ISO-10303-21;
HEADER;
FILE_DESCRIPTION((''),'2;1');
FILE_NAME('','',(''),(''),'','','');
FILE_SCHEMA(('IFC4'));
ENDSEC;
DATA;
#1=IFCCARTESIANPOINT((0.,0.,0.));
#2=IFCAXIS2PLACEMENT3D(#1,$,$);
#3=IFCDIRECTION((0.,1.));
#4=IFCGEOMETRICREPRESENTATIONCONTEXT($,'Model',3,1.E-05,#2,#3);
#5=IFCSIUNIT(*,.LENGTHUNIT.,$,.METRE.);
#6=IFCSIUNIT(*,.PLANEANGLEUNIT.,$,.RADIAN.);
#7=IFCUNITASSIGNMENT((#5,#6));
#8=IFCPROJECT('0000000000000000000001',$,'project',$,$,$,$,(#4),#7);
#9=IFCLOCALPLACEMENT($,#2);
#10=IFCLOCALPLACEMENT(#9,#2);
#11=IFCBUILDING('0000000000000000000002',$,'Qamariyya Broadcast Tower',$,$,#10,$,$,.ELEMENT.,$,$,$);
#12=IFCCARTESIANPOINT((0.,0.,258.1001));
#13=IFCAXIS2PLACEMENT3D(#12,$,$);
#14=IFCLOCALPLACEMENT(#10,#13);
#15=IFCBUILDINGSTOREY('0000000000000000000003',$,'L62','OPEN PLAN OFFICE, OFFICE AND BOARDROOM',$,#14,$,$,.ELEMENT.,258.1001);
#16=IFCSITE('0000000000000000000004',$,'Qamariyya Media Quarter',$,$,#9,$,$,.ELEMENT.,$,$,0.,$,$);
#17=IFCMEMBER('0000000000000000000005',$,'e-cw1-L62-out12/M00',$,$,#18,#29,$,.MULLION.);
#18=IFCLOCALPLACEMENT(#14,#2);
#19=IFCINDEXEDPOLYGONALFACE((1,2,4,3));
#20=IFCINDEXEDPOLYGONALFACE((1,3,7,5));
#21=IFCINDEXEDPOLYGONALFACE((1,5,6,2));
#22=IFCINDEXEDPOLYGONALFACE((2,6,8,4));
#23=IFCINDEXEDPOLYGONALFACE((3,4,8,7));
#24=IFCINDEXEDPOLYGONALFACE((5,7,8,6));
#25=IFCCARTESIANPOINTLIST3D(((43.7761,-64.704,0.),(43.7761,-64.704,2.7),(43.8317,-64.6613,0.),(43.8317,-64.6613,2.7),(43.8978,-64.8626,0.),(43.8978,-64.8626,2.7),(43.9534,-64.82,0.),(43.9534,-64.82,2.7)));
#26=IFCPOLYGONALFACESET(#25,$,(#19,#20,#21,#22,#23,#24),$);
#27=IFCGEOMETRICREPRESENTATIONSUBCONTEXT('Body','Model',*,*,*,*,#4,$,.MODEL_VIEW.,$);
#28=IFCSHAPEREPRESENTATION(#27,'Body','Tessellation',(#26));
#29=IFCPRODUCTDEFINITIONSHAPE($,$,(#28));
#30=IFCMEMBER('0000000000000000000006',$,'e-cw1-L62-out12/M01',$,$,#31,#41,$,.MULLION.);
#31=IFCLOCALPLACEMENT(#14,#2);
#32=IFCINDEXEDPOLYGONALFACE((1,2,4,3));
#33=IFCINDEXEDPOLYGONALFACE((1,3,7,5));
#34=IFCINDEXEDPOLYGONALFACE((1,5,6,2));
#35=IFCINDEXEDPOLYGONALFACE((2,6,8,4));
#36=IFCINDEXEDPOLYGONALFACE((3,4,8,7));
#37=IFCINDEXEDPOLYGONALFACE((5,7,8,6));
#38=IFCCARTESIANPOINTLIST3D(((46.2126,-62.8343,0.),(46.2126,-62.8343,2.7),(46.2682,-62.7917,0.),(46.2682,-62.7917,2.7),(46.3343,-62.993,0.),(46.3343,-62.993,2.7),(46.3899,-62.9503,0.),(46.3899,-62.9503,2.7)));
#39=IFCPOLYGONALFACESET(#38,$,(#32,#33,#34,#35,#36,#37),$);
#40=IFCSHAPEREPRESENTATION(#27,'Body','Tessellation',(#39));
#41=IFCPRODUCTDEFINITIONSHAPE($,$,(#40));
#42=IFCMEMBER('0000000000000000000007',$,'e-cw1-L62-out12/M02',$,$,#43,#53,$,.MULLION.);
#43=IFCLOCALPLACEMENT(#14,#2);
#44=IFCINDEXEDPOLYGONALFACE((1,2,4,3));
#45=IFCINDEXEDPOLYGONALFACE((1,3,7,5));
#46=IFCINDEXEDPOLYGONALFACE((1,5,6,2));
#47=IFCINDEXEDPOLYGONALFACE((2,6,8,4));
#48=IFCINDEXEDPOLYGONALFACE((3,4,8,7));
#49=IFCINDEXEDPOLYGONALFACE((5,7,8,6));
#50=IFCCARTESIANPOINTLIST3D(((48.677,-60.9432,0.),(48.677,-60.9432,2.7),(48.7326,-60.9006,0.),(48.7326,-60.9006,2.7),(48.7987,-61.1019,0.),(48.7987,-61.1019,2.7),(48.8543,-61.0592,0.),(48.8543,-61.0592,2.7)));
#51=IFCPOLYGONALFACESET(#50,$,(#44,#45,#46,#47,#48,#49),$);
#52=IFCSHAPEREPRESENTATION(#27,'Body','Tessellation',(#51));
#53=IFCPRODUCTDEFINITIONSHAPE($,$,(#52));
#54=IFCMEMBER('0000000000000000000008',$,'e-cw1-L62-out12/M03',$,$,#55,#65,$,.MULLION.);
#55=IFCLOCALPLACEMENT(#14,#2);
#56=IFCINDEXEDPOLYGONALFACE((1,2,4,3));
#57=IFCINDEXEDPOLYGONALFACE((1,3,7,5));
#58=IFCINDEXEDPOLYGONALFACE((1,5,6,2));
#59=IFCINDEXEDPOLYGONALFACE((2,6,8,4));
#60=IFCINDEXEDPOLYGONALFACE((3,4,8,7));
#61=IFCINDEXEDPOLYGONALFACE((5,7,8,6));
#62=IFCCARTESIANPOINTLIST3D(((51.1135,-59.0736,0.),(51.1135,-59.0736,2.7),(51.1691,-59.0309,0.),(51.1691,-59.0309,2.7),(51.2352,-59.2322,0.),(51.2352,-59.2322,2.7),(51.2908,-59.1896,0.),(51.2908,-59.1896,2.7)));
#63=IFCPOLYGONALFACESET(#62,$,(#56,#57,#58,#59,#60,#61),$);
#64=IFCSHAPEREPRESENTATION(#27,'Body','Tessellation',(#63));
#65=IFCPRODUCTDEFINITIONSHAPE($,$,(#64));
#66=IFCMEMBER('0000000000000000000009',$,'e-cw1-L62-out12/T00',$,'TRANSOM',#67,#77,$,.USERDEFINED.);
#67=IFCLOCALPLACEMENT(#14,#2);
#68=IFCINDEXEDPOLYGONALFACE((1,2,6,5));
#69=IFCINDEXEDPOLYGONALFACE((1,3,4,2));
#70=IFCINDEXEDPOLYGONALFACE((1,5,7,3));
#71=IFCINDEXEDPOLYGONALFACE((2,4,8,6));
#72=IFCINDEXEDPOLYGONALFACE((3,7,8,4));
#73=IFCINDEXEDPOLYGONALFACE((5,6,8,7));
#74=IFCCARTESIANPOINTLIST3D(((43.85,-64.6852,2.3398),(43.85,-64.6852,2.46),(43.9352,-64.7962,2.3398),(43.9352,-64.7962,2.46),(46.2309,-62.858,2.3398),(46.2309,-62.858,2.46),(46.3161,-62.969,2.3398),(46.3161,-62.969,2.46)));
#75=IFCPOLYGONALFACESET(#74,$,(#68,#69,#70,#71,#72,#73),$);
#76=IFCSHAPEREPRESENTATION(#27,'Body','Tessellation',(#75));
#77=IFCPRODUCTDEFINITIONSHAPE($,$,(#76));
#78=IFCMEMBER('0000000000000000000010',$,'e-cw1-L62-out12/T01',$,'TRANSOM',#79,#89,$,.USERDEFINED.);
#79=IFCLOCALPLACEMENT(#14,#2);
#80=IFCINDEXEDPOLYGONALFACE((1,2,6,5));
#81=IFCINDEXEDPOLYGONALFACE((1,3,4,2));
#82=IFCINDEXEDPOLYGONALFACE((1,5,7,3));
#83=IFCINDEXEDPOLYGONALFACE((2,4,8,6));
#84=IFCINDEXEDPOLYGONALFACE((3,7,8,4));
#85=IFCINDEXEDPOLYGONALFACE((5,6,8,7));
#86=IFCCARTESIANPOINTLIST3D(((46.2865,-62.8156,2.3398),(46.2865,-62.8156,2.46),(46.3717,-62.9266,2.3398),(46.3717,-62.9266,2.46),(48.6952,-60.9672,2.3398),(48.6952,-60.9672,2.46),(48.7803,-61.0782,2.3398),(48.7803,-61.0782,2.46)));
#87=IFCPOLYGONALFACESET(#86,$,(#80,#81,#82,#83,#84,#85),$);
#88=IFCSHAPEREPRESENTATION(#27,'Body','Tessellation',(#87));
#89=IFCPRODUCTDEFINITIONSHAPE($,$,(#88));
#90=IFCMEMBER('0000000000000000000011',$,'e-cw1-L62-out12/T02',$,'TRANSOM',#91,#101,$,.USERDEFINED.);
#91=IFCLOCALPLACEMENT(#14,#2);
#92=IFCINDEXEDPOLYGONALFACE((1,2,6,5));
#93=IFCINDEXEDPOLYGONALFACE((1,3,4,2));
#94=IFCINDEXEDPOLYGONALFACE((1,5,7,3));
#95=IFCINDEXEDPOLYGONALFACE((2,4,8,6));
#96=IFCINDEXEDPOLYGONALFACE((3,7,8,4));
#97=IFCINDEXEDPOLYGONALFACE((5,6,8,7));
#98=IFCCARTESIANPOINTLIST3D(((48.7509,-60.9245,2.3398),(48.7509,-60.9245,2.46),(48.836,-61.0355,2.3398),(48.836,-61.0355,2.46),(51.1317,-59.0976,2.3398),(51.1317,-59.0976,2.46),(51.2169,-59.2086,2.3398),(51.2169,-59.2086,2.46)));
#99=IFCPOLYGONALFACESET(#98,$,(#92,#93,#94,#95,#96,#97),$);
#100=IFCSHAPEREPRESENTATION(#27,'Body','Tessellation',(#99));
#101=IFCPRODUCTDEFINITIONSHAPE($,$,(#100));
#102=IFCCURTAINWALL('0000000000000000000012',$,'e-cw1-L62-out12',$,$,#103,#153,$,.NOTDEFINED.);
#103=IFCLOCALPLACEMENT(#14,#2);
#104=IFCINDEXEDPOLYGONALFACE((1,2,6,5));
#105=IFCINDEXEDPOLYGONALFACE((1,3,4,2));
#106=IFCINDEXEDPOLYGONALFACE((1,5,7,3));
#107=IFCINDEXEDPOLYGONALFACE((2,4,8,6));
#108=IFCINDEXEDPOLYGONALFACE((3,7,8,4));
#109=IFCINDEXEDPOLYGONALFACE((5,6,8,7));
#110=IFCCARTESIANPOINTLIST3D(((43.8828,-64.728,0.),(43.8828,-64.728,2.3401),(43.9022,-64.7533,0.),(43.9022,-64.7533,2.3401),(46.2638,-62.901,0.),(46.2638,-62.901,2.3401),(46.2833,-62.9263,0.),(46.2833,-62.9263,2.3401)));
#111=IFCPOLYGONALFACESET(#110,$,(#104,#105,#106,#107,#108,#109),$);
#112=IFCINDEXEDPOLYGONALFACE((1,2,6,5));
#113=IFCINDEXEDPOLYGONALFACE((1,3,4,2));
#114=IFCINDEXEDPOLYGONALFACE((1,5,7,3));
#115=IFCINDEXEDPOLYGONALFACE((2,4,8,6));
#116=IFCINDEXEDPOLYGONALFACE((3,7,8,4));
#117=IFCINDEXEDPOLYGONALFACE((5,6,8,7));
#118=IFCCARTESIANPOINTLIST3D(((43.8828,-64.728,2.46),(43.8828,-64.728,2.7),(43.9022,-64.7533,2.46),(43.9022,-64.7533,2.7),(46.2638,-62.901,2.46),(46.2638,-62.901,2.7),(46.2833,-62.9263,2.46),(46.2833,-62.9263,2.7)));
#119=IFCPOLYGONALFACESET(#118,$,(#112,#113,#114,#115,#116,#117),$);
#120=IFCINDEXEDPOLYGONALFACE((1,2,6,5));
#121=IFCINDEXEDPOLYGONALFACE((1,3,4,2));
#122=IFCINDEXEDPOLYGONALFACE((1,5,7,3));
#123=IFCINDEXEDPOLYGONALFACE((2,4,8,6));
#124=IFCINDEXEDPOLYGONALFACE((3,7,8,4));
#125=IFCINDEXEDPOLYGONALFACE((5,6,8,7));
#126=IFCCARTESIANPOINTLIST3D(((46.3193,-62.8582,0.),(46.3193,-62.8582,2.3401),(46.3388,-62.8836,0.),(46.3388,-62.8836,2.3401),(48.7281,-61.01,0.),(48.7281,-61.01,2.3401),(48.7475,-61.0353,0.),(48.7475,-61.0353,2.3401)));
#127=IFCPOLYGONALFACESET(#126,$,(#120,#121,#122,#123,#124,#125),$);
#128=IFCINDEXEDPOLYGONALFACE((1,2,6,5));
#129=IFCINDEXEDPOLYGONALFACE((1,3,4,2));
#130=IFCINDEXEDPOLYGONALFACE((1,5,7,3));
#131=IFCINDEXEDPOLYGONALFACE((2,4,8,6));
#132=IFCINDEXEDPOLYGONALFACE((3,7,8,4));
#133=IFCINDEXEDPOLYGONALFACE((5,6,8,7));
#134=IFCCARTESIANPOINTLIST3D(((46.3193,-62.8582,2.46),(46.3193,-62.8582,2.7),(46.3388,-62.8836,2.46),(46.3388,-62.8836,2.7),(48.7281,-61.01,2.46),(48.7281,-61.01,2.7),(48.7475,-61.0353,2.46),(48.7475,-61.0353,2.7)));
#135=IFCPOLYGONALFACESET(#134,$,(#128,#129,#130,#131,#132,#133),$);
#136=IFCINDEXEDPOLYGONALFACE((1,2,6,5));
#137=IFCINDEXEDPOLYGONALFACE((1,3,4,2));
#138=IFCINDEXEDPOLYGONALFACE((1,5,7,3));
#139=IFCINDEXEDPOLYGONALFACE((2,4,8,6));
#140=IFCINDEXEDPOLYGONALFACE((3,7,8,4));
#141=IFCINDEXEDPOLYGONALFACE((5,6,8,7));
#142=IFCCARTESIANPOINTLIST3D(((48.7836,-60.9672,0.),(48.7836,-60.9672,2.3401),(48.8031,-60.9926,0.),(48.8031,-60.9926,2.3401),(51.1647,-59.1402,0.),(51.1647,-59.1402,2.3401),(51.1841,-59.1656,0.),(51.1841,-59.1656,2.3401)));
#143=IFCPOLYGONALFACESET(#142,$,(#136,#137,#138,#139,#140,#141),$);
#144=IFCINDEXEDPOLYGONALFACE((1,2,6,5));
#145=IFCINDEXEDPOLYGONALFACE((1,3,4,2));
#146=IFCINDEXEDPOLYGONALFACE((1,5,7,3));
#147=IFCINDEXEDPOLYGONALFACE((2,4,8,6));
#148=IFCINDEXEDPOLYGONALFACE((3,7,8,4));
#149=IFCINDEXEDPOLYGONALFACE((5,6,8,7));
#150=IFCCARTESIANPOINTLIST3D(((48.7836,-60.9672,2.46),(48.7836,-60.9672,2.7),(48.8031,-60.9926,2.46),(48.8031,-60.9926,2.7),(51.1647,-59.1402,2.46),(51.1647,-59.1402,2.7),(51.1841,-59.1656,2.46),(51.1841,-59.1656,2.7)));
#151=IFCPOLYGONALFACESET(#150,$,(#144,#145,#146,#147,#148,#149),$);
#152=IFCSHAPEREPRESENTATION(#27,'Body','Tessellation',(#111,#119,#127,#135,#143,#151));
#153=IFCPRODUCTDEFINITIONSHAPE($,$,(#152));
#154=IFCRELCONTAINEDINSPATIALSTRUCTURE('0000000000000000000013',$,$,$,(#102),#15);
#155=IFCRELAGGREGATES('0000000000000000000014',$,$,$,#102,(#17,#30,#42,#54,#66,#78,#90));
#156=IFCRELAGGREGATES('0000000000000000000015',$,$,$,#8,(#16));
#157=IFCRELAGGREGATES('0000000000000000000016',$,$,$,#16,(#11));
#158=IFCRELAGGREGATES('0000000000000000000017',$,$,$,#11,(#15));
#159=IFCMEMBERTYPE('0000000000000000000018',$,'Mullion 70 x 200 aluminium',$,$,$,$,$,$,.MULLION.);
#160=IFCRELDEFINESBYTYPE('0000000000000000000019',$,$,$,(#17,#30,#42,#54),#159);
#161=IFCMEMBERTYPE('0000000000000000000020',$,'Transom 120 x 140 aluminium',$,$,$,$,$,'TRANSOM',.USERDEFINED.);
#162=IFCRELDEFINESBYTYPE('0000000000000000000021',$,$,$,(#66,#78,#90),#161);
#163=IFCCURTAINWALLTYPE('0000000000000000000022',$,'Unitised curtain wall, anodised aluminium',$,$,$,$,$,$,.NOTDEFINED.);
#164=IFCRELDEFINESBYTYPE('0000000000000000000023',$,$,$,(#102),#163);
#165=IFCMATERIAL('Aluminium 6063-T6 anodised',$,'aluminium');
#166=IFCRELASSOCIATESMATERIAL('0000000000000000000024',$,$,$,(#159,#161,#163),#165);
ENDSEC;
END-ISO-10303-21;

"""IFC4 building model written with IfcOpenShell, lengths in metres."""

from ifc_helpers import new_model, si_unit, direction, frame, origin, origin_2d, place, context, subcontext, project, spatial, rectangle, extrude, material, material_profile, profile_set, type_object, element, aggregate, save


model = new_model("IFC4")

# Units and contexts
model_context = context("Model", 3, precision=1e-05, world=origin(), true_north=direction((0.0, 1.0)))
body_context = subcontext(model_context, "Body", "Model", "MODEL_VIEW")
ifc_project = project(units=[si_unit("LENGTHUNIT", "METRE"), si_unit("PLANEANGLEUNIT", "RADIAN")], contexts=[model_context])

# Members
ifc_material = material(Name="Aluminium 6063-T6 anodised", Category="aluminium")
ifc_material_profile_1 = material_profile(ifc_material, rectangle(XDim=0.2, YDim=0.0701, at=origin_2d()))
ifc_profile_set_1 = profile_set([ifc_material_profile_1], Name="Aluminium 6063-T6 anodised")
member_type_1 = type_object("IfcMemberType", Name="Mullion 70 x 200 aluminium", PredefinedType="MULLION", material=ifc_profile_set_1)
site_placement = place(None, origin())
building_placement = place(site_placement, origin())
storey_placement = place(building_placement, frame((0.0, 0.0, 258.1001)))
member_1_placement = place(storey_placement, frame((43.8647, -64.762, 0.0), z_axis=(0.0, 0.0, 1.0), x_axis=(-0.608761, 0.793353, 0.0)))
member_1 = element("IfcMember", 1, at=member_1_placement, type_object=member_type_1, Name="e-cw1-L62-out12/M00", PredefinedType="MULLION", context=body_context, shape_type="SweptSolid", body=[
    extrude(rectangle(XDim=0.2, YDim=0.0701, at=origin_2d()), origin(), (0.0, 0.0, 1.0), 2.7),
])
member_2_placement = place(storey_placement, frame((46.3013, -62.8923, 0.0), z_axis=(0.0, 0.0, 1.0), x_axis=(-0.608761, 0.793353, 0.0)))
member_2 = element("IfcMember", 2, at=member_2_placement, type_object=member_type_1, Name="e-cw1-L62-out12/M01", PredefinedType="MULLION", context=body_context, shape_type="SweptSolid", body=[
    extrude(rectangle(XDim=0.2, YDim=0.0701, at=origin_2d()), origin(), (0.0, 0.0, 1.0), 2.7),
])
member_3_placement = place(storey_placement, frame((48.7656, -61.0012, 0.0), z_axis=(0.0, 0.0, 1.0), x_axis=(-0.608761, 0.793353, 0.0)))
member_3 = element("IfcMember", 3, at=member_3_placement, type_object=member_type_1, Name="e-cw1-L62-out12/M02", PredefinedType="MULLION", context=body_context, shape_type="SweptSolid", body=[
    extrude(rectangle(XDim=0.2, YDim=0.0701, at=origin_2d()), origin(), (0.0, 0.0, 1.0), 2.7),
])
member_4_placement = place(storey_placement, frame((51.2021, -59.1316, 0.0), z_axis=(0.0, 0.0, 1.0), x_axis=(-0.608761, 0.793353, 0.0)))
member_4 = element("IfcMember", 4, at=member_4_placement, type_object=member_type_1, Name="e-cw1-L62-out12/M03", PredefinedType="MULLION", context=body_context, shape_type="SweptSolid", body=[
    extrude(rectangle(XDim=0.2, YDim=0.0701, at=origin_2d()), origin(), (0.0, 0.0, 1.0), 2.7),
])
ifc_material_profile_2 = material_profile(ifc_material, rectangle(XDim=0.1399, YDim=0.1201, at=origin_2d()))
ifc_profile_set_2 = profile_set([ifc_material_profile_2], Name="Aluminium 6063-T6 anodised")
member_type_2 = type_object("IfcMemberType", Name="Transom 120 x 140 aluminium", ElementType="TRANSOM", PredefinedType="USERDEFINED", material=ifc_profile_set_2)
member_5_placement = place(storey_placement, frame((43.8926, -64.7407, 2.3999), z_axis=(0.793313, 0.608814, 0.0), x_axis=(-0.608814, 0.793313, 0.0)))
member_5 = element("IfcMember", 5, at=member_5_placement, type_object=member_type_2, Name="e-cw1-L62-out12/T00", ObjectType="TRANSOM", PredefinedType="USERDEFINED", context=body_context, shape_type="SweptSolid", body=[
    extrude(rectangle(XDim=0.1399, YDim=0.1201, at=origin_2d()), origin(), (0.0, 0.0, 1.0), 3.0012),
])
member_6_placement = place(storey_placement, frame((46.3291, -62.8711, 2.3999), z_axis=(0.793332, 0.608789, 0.0), x_axis=(-0.608789, 0.793332, 0.0)))
member_6 = element("IfcMember", 6, at=member_6_placement, type_object=member_type_2, Name="e-cw1-L62-out12/T01", ObjectType="TRANSOM", PredefinedType="USERDEFINED", context=body_context, shape_type="SweptSolid", body=[
    extrude(rectangle(XDim=0.1399, YDim=0.1201, at=origin_2d()), origin(), (0.0, 0.0, 1.0), 3.0361),
])
member_7_placement = place(storey_placement, frame((48.7935, -60.98, 2.3999), z_axis=(0.793352, 0.608763, 0.0), x_axis=(-0.608763, 0.793352, 0.0)))
member_7 = element("IfcMember", 7, at=member_7_placement, type_object=member_type_2, Name="e-cw1-L62-out12/T02", ObjectType="TRANSOM", PredefinedType="USERDEFINED", context=body_context, shape_type="SweptSolid", body=[
    extrude(rectangle(XDim=0.1399, YDim=0.1201, at=origin_2d()), origin(), (0.0, 0.0, 1.0), 3.001),
])

# Site, building, storey
site = spatial("IfcSite", under=ifc_project, at=site_placement, Name="Qamariyya Media Quarter", CompositionType="ELEMENT", RefElevation=0.0)
building = spatial("IfcBuilding", under=site, at=building_placement, Name="Qamariyya Broadcast Tower", CompositionType="ELEMENT")
storey = spatial("IfcBuildingStorey", under=building, at=storey_placement, Name="L62", Description="OPEN PLAN OFFICE, OFFICE AND BOARDROOM", CompositionType="ELEMENT", Elevation=258.1001)

# Curtain wall
curtain_wall_type = type_object("IfcCurtainWallType", Name="Unitised curtain wall, anodised aluminium", PredefinedType="NOTDEFINED", material=ifc_material)
curtain_wall_1_placement = place(storey_placement, origin())
curtain_wall_1 = element("IfcCurtainWall", 8, at=curtain_wall_1_placement, inside=storey, type_object=curtain_wall_type, Name="e-cw1-L62-out12", PredefinedType="NOTDEFINED", context=body_context, shape_type="SweptSolid", body=[
    extrude(rectangle(XDim=3.0012, YDim=0.032, at=origin_2d()), frame((45.083, -63.8271, 0.0), x_axis=(0.793356, 0.608758, 0.0)), (0.0, 0.0, 1.0), 2.3401),
    extrude(rectangle(XDim=3.0012, YDim=0.032, at=origin_2d()), frame((45.083, -63.8271, 2.46), x_axis=(0.793356, 0.608758, 0.0)), (0.0, 0.0, 1.0), 0.24),
    extrude(rectangle(XDim=3.0361, YDim=0.032, at=origin_2d()), frame((47.5334, -61.9468, 0.0), x_axis=(0.793356, 0.608758, 0.0)), (0.0, 0.0, 1.0), 2.3401),
    extrude(rectangle(XDim=3.0361, YDim=0.032, at=origin_2d()), frame((47.5334, -61.9468, 2.46), x_axis=(0.793356, 0.608758, 0.0)), (0.0, 0.0, 1.0), 0.24),
    extrude(rectangle(XDim=3.0012, YDim=0.032, at=origin_2d()), frame((49.9839, -60.0664, 0.0), x_axis=(0.793356, 0.608758, 0.0)), (0.0, 0.0, 1.0), 2.3401),
    extrude(rectangle(XDim=3.0012, YDim=0.032, at=origin_2d()), frame((49.9839, -60.0664, 2.46), x_axis=(0.793356, 0.608758, 0.0)), (0.0, 0.0, 1.0), 0.24),
])
aggregate(curtain_wall_1, [member_1, member_2, member_3, member_4, member_5, member_6, member_7])

save(model, "model.ifc")
